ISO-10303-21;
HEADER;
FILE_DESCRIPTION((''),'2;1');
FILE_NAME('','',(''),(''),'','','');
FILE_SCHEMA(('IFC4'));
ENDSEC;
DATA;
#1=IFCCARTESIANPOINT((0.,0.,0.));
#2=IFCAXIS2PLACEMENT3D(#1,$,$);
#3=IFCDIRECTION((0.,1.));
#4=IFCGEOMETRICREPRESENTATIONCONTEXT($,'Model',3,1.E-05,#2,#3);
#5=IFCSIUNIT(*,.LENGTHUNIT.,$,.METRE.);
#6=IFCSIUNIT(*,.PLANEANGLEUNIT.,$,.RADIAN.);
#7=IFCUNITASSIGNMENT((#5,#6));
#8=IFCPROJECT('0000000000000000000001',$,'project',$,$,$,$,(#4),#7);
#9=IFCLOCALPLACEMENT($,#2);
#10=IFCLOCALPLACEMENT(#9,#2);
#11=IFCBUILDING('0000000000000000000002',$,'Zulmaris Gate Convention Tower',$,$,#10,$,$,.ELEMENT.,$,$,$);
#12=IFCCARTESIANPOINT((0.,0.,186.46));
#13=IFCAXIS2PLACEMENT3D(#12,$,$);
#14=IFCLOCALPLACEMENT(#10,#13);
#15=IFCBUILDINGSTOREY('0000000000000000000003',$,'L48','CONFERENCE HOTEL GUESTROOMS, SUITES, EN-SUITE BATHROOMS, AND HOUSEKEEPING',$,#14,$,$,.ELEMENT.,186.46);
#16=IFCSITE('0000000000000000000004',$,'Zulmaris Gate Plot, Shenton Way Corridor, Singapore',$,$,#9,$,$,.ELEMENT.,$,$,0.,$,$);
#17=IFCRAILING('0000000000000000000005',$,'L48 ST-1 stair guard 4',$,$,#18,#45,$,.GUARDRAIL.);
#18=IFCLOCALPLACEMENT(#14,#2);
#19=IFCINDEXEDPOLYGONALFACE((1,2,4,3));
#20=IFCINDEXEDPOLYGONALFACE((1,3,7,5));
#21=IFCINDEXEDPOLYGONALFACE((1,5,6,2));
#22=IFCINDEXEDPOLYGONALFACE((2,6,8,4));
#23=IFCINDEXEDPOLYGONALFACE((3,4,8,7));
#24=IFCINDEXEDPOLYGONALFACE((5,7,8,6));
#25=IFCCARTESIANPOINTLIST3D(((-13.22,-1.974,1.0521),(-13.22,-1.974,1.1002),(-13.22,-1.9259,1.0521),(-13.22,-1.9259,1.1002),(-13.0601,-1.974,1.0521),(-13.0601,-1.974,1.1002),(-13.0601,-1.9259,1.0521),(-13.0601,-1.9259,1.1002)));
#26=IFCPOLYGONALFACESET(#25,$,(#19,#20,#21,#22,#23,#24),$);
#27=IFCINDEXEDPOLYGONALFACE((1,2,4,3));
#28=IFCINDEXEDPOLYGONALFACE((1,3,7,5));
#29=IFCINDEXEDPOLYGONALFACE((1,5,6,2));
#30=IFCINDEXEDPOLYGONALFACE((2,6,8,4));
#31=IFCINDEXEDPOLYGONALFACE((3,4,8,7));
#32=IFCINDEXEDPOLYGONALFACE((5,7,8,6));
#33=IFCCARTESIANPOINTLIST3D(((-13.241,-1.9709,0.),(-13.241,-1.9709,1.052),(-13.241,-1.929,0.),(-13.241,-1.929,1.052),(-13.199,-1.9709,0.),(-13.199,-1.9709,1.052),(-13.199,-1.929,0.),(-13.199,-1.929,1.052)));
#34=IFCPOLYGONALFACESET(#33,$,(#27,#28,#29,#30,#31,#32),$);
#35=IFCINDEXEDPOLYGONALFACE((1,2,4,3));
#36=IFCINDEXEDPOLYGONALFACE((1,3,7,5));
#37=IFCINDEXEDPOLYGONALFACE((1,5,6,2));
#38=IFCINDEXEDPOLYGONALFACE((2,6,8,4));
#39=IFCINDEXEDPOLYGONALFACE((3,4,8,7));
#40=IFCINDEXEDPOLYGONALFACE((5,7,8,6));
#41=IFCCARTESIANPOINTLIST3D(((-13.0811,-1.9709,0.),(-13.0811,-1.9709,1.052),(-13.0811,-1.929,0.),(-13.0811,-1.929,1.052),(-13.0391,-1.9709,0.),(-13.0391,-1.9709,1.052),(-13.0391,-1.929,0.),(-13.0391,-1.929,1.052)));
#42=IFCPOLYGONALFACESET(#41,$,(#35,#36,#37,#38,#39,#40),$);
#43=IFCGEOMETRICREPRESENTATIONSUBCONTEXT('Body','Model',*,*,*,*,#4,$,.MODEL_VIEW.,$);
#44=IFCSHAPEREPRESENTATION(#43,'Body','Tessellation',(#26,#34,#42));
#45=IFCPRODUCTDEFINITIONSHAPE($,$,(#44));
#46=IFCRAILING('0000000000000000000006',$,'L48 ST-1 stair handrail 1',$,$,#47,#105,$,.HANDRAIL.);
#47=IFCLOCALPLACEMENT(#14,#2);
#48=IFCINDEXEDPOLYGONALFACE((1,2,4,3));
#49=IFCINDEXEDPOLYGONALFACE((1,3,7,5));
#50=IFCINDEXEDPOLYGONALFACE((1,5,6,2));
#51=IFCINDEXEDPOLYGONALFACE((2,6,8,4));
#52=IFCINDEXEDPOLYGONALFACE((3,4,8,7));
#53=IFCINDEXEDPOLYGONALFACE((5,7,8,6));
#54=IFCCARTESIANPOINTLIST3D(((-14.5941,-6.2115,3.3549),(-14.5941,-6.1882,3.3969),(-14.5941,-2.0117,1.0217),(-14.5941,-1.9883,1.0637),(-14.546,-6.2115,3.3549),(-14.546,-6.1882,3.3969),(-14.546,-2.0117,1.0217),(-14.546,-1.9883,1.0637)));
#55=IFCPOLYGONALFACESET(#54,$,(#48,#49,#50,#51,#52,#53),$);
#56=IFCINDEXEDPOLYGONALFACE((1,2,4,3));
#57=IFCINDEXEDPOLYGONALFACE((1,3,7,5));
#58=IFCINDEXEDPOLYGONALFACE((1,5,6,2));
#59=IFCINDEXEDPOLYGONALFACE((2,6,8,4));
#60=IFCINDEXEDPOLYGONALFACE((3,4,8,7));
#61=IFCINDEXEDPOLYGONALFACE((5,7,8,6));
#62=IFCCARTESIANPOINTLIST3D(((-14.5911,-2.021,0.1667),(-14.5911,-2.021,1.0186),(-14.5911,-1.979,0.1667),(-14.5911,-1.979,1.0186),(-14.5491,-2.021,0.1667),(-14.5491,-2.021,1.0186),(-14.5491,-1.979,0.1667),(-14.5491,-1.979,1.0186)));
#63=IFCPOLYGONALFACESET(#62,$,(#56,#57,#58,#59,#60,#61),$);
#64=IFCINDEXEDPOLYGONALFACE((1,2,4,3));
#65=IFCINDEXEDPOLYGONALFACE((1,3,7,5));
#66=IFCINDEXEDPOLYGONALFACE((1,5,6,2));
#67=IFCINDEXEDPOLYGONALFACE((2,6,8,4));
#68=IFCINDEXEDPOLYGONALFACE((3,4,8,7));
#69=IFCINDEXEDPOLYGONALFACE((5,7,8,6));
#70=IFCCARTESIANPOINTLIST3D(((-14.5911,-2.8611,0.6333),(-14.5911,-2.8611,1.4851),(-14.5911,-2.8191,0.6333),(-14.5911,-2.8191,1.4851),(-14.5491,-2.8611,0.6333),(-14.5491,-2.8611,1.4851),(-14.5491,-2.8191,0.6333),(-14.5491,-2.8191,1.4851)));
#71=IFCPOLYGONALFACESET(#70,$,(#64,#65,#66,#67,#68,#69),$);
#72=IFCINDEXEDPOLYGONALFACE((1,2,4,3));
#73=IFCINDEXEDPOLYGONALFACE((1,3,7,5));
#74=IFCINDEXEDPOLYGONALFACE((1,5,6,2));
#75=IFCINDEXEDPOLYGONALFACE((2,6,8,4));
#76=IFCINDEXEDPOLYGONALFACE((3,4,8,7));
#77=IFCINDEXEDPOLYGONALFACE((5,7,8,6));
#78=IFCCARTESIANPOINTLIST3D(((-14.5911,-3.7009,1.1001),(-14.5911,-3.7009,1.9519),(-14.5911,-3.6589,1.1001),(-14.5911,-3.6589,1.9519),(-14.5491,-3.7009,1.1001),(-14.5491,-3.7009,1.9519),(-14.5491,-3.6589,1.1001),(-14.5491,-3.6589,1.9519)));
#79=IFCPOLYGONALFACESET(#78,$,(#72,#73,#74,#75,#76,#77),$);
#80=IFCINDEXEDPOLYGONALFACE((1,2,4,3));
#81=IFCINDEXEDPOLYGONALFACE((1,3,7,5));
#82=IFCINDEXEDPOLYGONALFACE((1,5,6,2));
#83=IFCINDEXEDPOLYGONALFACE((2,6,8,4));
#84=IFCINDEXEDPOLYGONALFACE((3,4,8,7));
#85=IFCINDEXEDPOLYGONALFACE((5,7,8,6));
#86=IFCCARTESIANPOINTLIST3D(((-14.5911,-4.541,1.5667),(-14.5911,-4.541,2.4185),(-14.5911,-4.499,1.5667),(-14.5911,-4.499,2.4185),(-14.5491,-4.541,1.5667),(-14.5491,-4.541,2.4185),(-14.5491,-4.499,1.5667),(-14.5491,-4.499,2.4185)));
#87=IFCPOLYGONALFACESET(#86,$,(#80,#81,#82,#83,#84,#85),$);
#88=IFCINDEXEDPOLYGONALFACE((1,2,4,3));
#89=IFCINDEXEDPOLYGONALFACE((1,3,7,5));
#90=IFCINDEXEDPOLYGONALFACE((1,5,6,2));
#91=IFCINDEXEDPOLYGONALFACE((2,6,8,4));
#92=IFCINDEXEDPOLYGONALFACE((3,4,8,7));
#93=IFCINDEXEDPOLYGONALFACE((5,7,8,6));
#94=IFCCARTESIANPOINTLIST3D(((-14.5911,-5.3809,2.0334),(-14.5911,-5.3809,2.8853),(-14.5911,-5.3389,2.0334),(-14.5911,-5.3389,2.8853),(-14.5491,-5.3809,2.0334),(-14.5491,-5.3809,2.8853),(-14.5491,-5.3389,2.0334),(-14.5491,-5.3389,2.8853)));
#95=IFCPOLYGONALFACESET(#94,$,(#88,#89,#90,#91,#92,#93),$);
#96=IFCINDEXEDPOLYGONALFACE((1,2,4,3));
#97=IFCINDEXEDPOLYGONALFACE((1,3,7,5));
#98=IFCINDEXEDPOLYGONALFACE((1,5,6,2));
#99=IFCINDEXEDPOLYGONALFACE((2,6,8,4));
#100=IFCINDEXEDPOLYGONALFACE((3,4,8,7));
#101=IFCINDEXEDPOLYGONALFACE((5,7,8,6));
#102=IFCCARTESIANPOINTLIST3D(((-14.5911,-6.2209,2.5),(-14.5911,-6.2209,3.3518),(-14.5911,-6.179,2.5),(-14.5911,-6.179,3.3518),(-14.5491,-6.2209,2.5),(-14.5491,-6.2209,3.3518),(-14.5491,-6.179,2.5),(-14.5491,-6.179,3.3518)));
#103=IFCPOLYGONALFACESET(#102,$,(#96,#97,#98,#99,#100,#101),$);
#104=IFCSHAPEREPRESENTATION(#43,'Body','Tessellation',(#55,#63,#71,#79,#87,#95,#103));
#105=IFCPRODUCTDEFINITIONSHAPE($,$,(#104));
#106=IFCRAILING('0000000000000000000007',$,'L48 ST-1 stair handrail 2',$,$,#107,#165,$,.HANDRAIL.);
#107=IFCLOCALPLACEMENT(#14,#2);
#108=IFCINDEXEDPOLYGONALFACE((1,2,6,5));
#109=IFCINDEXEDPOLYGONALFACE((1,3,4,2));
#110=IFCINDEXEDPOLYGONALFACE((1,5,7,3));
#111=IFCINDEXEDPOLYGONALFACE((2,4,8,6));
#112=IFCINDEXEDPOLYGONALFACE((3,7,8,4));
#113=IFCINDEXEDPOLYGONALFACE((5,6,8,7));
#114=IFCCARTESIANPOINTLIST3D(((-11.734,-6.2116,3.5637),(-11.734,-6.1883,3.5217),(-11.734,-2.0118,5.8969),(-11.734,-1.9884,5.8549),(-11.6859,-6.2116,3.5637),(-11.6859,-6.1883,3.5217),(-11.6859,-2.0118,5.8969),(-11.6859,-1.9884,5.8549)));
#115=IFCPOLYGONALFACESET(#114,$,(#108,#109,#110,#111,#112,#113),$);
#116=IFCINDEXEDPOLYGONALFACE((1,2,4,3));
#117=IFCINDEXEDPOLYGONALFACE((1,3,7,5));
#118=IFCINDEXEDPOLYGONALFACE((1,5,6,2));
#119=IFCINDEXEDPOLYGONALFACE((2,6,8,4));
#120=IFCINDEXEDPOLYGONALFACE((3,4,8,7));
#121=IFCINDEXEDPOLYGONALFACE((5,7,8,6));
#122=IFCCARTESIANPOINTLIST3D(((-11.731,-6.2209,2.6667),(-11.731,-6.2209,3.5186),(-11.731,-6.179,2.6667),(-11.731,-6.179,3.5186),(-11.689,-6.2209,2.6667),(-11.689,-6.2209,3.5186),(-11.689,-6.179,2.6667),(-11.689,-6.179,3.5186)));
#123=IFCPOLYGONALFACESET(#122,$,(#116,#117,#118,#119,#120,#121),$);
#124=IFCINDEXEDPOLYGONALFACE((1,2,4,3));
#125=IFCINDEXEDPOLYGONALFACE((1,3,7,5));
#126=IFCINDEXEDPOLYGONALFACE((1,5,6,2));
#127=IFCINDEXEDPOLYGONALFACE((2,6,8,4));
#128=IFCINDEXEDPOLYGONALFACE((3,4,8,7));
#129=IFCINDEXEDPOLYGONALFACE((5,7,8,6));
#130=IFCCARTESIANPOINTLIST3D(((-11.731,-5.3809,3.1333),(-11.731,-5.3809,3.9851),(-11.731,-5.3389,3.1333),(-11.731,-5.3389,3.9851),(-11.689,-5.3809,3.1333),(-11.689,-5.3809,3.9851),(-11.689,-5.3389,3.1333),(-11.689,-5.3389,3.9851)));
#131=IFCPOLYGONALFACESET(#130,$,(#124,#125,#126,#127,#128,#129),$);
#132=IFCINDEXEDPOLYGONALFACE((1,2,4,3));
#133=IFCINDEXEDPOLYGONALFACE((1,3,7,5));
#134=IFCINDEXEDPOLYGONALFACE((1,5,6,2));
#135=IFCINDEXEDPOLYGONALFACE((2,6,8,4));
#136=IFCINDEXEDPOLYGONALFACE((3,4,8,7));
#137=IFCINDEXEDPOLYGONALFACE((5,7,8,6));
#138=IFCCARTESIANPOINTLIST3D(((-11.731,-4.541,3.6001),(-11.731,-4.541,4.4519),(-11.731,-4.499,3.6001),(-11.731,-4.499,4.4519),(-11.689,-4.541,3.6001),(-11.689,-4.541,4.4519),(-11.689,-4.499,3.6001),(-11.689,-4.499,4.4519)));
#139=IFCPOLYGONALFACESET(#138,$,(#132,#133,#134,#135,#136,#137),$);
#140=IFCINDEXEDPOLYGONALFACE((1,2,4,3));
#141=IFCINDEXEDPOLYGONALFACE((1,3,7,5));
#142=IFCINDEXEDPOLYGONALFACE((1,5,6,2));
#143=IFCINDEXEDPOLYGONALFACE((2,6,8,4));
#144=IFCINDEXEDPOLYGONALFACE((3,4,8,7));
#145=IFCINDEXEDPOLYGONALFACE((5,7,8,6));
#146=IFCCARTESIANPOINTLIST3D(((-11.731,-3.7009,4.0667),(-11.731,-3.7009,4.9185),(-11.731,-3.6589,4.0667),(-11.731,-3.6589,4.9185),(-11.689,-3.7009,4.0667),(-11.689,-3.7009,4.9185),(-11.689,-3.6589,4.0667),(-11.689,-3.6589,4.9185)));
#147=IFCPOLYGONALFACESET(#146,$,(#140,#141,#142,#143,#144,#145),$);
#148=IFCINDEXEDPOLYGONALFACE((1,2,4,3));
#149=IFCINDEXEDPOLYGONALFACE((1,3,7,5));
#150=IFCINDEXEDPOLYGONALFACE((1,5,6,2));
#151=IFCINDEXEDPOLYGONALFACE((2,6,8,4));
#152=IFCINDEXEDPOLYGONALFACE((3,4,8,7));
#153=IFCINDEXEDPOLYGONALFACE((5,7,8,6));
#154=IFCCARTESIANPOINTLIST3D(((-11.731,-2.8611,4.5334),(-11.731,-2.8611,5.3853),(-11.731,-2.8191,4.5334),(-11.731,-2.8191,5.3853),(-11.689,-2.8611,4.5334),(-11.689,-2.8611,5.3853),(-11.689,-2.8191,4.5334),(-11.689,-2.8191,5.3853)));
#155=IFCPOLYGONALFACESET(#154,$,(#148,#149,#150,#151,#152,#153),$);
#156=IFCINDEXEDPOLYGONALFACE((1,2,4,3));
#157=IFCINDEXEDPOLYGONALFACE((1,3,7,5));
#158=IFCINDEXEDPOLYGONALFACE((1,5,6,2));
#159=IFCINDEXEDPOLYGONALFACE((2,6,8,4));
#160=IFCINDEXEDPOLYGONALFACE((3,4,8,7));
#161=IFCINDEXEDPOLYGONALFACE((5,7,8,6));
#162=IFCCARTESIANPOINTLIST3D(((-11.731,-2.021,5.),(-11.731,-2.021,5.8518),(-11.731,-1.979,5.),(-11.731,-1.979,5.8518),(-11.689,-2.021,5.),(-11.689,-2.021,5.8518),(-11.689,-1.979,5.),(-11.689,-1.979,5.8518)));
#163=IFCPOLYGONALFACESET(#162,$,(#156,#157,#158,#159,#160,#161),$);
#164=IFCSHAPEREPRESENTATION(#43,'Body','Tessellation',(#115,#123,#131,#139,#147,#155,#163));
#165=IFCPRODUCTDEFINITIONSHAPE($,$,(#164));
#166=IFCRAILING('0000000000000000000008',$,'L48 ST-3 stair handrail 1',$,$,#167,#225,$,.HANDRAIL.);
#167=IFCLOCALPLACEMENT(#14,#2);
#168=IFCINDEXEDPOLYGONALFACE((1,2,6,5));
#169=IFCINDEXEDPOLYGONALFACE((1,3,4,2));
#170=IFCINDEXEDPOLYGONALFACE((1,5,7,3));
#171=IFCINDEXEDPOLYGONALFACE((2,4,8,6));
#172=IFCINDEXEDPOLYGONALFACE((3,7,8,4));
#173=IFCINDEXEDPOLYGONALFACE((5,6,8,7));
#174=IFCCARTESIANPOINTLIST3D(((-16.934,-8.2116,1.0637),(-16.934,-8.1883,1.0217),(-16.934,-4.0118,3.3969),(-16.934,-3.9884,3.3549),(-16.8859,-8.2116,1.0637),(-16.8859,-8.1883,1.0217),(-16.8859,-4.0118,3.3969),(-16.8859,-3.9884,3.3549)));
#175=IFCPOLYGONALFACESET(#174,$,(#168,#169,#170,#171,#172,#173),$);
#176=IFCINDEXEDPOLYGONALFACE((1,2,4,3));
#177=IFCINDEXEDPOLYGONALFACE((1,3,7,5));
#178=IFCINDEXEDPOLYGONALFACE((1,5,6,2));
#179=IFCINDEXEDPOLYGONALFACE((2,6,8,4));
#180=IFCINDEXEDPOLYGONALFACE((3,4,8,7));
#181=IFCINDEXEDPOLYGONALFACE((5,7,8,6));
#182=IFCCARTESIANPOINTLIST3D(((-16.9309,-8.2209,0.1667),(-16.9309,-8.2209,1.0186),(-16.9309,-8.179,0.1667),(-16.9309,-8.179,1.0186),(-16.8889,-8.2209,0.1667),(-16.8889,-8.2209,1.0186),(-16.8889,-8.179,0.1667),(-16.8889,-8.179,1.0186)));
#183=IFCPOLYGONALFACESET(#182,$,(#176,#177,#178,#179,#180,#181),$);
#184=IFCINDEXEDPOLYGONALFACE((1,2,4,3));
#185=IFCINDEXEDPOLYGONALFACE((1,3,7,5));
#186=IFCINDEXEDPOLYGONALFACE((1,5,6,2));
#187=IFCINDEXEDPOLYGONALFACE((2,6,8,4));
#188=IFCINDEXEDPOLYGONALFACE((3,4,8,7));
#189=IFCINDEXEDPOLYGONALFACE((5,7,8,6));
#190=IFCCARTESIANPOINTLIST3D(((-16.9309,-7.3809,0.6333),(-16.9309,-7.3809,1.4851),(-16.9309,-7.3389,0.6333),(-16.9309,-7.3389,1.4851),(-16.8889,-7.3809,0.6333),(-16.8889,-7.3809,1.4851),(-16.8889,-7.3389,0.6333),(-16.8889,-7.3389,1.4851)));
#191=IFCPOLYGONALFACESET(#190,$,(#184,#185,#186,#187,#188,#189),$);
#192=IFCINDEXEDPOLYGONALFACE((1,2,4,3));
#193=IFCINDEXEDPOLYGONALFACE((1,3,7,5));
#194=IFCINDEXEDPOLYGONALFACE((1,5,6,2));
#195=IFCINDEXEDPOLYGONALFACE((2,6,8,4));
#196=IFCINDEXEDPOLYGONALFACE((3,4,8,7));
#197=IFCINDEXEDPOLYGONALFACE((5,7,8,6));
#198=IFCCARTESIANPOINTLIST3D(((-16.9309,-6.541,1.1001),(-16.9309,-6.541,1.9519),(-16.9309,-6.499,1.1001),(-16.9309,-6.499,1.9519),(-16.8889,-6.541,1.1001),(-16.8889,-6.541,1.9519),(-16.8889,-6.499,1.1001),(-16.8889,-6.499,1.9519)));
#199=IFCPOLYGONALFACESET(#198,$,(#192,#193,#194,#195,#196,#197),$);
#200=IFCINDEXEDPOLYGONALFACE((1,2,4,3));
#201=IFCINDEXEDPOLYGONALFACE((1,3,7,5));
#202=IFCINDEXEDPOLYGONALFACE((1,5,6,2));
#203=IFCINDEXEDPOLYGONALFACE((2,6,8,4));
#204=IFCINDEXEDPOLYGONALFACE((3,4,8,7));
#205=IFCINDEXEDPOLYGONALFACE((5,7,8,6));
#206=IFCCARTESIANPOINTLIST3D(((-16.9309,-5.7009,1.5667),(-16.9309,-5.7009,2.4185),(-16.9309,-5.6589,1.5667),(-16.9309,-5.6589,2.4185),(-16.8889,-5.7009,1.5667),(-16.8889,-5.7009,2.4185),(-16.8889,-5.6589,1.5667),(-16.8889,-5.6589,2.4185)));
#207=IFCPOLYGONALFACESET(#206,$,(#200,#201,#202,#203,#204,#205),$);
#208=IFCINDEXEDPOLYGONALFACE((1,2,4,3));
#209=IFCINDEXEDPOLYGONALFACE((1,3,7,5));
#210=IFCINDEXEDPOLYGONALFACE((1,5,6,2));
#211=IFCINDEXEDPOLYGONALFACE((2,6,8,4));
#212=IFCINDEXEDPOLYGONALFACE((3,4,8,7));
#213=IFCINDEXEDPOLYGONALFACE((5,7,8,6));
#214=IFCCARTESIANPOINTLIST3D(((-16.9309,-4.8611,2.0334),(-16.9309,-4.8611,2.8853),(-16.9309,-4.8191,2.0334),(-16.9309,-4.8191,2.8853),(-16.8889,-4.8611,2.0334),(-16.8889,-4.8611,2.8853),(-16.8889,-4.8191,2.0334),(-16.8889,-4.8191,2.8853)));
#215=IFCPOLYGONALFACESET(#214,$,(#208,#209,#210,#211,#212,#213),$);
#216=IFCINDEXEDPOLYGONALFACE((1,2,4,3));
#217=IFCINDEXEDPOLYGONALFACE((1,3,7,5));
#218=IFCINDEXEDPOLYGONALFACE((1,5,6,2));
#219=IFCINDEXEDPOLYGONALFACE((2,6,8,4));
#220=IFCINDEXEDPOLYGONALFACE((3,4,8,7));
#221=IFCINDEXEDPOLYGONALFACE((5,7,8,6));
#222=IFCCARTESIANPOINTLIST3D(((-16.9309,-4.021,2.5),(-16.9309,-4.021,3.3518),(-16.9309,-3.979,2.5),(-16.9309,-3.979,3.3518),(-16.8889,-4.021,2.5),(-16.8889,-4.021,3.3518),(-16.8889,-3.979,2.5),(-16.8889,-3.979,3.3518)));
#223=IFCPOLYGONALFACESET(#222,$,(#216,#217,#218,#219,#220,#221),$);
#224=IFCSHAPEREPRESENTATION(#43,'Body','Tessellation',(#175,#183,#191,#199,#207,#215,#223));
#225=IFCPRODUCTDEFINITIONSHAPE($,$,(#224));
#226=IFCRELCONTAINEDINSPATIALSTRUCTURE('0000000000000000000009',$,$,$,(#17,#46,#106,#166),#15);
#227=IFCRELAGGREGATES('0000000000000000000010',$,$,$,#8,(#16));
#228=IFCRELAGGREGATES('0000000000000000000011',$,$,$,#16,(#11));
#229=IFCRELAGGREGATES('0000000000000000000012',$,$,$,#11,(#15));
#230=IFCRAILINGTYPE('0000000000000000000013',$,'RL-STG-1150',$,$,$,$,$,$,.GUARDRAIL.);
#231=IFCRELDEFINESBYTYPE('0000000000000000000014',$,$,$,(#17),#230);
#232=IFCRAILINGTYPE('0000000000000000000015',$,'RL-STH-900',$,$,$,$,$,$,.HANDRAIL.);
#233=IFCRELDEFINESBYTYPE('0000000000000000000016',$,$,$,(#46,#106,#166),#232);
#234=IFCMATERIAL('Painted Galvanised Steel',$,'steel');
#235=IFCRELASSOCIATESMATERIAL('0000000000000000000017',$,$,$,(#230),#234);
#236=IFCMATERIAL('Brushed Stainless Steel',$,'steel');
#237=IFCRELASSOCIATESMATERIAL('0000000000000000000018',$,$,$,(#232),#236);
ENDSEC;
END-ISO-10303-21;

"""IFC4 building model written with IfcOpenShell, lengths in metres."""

from ifc_helpers import new_model, si_unit, direction, frame, origin, origin_2d, place, context, subcontext, project, spatial, rectangle, extrude, material, type_object, element, save


model = new_model("IFC4")

# Units and contexts
model_context = context("Model", 3, precision=1e-05, world=origin(), true_north=direction((0.0, 1.0)))
body_context = subcontext(model_context, "Body", "Model", "MODEL_VIEW")
ifc_project = project(units=[si_unit("LENGTHUNIT", "METRE"), si_unit("PLANEANGLEUNIT", "RADIAN")], contexts=[model_context])

# Site, building, storey
site_placement = place(None, origin())
site = spatial("IfcSite", under=ifc_project, at=site_placement, Name="Zulmaris Gate Plot, Shenton Way Corridor, Singapore", CompositionType="ELEMENT", RefElevation=0.0)
building_placement = place(site_placement, origin())
building = spatial("IfcBuilding", under=site, at=building_placement, Name="Zulmaris Gate Convention Tower", CompositionType="ELEMENT")
storey_placement = place(building_placement, frame((0.0, 0.0, 186.46)))
storey = spatial("IfcBuildingStorey", under=building, at=storey_placement, Name="L48", Description="CONFERENCE HOTEL GUESTROOMS, SUITES, EN-SUITE BATHROOMS, AND HOUSEKEEPING", CompositionType="ELEMENT", Elevation=186.46)

# Railings
ifc_material_1 = material(Name="Painted Galvanised Steel", Category="steel")
railing_type_1 = type_object("IfcRailingType", Name="RL-STG-1150", PredefinedType="GUARDRAIL", material=ifc_material_1)
railing_1_placement = place(storey_placement, frame((-13.22, -1.95, 0.0)))
element("IfcRailing", 1, at=railing_1_placement, inside=storey, type_object=railing_type_1, Name="L48 ST-1 stair guard 4", PredefinedType="GUARDRAIL", context=body_context, shape_type="SweptSolid", body=[
    extrude(rectangle(XDim=0.0481, YDim=0.0481, at=origin_2d()), frame((0.0, 0.0, 1.0762), z_axis=(1.0, 0.0, 0.0), x_axis=(0.0, 1.0, 0.0)), (0.0, 0.0, 1.0), 0.1599),
    extrude(rectangle(XDim=0.042, YDim=0.042, at=origin_2d()), origin(), (0.0, 0.0, 1.0), 1.052),
    extrude(rectangle(XDim=0.042, YDim=0.042, at=origin_2d()), frame((0.1599, 0.0, 0.0)), (0.0, 0.0, 1.0), 1.052),
])
ifc_material_2 = material(Name="Brushed Stainless Steel", Category="steel")
railing_type_2 = type_object("IfcRailingType", Name="RL-STH-900", PredefinedType="HANDRAIL", material=ifc_material_2)
railing_2_placement = place(storey_placement, frame((-14.5701, -2.0, 0.1667)))
element("IfcRailing", 2, at=railing_2_placement, inside=storey, type_object=railing_type_2, Name="L48 ST-1 stair handrail 1", PredefinedType="HANDRAIL", context=body_context, shape_type="SweptSolid", body=[
    extrude(rectangle(XDim=0.0481, YDim=0.0481, at=origin_2d()), frame((0.0, 0.0, 0.876), z_axis=(0.0, -0.874162, 0.485634), x_axis=(1.0, 0.0, 0.0)), (0.0, 0.0, 1.0), 4.8044),
    extrude(rectangle(XDim=0.042, YDim=0.042, at=origin_2d()), origin(), (0.0, 0.0, 1.0), 0.8518),
    extrude(rectangle(XDim=0.042, YDim=0.042, at=origin_2d()), frame((0.0, -0.8401, 0.4666)), (0.0, 0.0, 1.0), 0.8518),
    extrude(rectangle(XDim=0.042, YDim=0.042, at=origin_2d()), frame((0.0, -1.6799, 0.9333)), (0.0, 0.0, 1.0), 0.8518),
    extrude(rectangle(XDim=0.042, YDim=0.042, at=origin_2d()), frame((0.0, -2.52, 1.3999)), (0.0, 0.0, 1.0), 0.8518),
    extrude(rectangle(XDim=0.042, YDim=0.042, at=origin_2d()), frame((0.0, -3.3599, 1.8667)), (0.0, 0.0, 1.0), 0.8518),
    extrude(rectangle(XDim=0.042, YDim=0.042, at=origin_2d()), frame((0.0, -4.2, 2.3333)), (0.0, 0.0, 1.0), 0.8518),
])
for number, where, name in (
    (3, (-11.71, -6.2, 2.6667), "L48 ST-1 stair handrail 2"),
    (4, (-16.9099, -8.2, 0.1667), "L48 ST-3 stair handrail 1"),
):
    element("IfcRailing", number, at=place(storey_placement, frame(where)), inside=storey, type_object=railing_type_2, Name=name, PredefinedType="HANDRAIL", context=body_context, shape_type="SweptSolid", body=[
        extrude(rectangle(XDim=0.0481, YDim=0.0481, at=origin_2d()), frame((0.0, 0.0, 0.876), z_axis=(0.0, 0.874162, 0.485634), x_axis=(-1.0, 0.0, 0.0)), (0.0, 0.0, 1.0), 4.8044),
        extrude(rectangle(XDim=0.042, YDim=0.042, at=origin_2d()), origin(), (0.0, 0.0, 1.0), 0.8518),
        extrude(rectangle(XDim=0.042, YDim=0.042, at=origin_2d()), frame((0.0, 0.8401, 0.4666)), (0.0, 0.0, 1.0), 0.8518),
        extrude(rectangle(XDim=0.042, YDim=0.042, at=origin_2d()), frame((0.0, 1.6799, 0.9333)), (0.0, 0.0, 1.0), 0.8518),
        extrude(rectangle(XDim=0.042, YDim=0.042, at=origin_2d()), frame((0.0, 2.52, 1.3999)), (0.0, 0.0, 1.0), 0.8518),
        extrude(rectangle(XDim=0.042, YDim=0.042, at=origin_2d()), frame((0.0, 3.3599, 1.8667)), (0.0, 0.0, 1.0), 0.8518),
        extrude(rectangle(XDim=0.042, YDim=0.042, at=origin_2d()), frame((0.0, 4.2, 2.3333)), (0.0, 0.0, 1.0), 0.8518),
    ])

save(model, "model.ifc")
